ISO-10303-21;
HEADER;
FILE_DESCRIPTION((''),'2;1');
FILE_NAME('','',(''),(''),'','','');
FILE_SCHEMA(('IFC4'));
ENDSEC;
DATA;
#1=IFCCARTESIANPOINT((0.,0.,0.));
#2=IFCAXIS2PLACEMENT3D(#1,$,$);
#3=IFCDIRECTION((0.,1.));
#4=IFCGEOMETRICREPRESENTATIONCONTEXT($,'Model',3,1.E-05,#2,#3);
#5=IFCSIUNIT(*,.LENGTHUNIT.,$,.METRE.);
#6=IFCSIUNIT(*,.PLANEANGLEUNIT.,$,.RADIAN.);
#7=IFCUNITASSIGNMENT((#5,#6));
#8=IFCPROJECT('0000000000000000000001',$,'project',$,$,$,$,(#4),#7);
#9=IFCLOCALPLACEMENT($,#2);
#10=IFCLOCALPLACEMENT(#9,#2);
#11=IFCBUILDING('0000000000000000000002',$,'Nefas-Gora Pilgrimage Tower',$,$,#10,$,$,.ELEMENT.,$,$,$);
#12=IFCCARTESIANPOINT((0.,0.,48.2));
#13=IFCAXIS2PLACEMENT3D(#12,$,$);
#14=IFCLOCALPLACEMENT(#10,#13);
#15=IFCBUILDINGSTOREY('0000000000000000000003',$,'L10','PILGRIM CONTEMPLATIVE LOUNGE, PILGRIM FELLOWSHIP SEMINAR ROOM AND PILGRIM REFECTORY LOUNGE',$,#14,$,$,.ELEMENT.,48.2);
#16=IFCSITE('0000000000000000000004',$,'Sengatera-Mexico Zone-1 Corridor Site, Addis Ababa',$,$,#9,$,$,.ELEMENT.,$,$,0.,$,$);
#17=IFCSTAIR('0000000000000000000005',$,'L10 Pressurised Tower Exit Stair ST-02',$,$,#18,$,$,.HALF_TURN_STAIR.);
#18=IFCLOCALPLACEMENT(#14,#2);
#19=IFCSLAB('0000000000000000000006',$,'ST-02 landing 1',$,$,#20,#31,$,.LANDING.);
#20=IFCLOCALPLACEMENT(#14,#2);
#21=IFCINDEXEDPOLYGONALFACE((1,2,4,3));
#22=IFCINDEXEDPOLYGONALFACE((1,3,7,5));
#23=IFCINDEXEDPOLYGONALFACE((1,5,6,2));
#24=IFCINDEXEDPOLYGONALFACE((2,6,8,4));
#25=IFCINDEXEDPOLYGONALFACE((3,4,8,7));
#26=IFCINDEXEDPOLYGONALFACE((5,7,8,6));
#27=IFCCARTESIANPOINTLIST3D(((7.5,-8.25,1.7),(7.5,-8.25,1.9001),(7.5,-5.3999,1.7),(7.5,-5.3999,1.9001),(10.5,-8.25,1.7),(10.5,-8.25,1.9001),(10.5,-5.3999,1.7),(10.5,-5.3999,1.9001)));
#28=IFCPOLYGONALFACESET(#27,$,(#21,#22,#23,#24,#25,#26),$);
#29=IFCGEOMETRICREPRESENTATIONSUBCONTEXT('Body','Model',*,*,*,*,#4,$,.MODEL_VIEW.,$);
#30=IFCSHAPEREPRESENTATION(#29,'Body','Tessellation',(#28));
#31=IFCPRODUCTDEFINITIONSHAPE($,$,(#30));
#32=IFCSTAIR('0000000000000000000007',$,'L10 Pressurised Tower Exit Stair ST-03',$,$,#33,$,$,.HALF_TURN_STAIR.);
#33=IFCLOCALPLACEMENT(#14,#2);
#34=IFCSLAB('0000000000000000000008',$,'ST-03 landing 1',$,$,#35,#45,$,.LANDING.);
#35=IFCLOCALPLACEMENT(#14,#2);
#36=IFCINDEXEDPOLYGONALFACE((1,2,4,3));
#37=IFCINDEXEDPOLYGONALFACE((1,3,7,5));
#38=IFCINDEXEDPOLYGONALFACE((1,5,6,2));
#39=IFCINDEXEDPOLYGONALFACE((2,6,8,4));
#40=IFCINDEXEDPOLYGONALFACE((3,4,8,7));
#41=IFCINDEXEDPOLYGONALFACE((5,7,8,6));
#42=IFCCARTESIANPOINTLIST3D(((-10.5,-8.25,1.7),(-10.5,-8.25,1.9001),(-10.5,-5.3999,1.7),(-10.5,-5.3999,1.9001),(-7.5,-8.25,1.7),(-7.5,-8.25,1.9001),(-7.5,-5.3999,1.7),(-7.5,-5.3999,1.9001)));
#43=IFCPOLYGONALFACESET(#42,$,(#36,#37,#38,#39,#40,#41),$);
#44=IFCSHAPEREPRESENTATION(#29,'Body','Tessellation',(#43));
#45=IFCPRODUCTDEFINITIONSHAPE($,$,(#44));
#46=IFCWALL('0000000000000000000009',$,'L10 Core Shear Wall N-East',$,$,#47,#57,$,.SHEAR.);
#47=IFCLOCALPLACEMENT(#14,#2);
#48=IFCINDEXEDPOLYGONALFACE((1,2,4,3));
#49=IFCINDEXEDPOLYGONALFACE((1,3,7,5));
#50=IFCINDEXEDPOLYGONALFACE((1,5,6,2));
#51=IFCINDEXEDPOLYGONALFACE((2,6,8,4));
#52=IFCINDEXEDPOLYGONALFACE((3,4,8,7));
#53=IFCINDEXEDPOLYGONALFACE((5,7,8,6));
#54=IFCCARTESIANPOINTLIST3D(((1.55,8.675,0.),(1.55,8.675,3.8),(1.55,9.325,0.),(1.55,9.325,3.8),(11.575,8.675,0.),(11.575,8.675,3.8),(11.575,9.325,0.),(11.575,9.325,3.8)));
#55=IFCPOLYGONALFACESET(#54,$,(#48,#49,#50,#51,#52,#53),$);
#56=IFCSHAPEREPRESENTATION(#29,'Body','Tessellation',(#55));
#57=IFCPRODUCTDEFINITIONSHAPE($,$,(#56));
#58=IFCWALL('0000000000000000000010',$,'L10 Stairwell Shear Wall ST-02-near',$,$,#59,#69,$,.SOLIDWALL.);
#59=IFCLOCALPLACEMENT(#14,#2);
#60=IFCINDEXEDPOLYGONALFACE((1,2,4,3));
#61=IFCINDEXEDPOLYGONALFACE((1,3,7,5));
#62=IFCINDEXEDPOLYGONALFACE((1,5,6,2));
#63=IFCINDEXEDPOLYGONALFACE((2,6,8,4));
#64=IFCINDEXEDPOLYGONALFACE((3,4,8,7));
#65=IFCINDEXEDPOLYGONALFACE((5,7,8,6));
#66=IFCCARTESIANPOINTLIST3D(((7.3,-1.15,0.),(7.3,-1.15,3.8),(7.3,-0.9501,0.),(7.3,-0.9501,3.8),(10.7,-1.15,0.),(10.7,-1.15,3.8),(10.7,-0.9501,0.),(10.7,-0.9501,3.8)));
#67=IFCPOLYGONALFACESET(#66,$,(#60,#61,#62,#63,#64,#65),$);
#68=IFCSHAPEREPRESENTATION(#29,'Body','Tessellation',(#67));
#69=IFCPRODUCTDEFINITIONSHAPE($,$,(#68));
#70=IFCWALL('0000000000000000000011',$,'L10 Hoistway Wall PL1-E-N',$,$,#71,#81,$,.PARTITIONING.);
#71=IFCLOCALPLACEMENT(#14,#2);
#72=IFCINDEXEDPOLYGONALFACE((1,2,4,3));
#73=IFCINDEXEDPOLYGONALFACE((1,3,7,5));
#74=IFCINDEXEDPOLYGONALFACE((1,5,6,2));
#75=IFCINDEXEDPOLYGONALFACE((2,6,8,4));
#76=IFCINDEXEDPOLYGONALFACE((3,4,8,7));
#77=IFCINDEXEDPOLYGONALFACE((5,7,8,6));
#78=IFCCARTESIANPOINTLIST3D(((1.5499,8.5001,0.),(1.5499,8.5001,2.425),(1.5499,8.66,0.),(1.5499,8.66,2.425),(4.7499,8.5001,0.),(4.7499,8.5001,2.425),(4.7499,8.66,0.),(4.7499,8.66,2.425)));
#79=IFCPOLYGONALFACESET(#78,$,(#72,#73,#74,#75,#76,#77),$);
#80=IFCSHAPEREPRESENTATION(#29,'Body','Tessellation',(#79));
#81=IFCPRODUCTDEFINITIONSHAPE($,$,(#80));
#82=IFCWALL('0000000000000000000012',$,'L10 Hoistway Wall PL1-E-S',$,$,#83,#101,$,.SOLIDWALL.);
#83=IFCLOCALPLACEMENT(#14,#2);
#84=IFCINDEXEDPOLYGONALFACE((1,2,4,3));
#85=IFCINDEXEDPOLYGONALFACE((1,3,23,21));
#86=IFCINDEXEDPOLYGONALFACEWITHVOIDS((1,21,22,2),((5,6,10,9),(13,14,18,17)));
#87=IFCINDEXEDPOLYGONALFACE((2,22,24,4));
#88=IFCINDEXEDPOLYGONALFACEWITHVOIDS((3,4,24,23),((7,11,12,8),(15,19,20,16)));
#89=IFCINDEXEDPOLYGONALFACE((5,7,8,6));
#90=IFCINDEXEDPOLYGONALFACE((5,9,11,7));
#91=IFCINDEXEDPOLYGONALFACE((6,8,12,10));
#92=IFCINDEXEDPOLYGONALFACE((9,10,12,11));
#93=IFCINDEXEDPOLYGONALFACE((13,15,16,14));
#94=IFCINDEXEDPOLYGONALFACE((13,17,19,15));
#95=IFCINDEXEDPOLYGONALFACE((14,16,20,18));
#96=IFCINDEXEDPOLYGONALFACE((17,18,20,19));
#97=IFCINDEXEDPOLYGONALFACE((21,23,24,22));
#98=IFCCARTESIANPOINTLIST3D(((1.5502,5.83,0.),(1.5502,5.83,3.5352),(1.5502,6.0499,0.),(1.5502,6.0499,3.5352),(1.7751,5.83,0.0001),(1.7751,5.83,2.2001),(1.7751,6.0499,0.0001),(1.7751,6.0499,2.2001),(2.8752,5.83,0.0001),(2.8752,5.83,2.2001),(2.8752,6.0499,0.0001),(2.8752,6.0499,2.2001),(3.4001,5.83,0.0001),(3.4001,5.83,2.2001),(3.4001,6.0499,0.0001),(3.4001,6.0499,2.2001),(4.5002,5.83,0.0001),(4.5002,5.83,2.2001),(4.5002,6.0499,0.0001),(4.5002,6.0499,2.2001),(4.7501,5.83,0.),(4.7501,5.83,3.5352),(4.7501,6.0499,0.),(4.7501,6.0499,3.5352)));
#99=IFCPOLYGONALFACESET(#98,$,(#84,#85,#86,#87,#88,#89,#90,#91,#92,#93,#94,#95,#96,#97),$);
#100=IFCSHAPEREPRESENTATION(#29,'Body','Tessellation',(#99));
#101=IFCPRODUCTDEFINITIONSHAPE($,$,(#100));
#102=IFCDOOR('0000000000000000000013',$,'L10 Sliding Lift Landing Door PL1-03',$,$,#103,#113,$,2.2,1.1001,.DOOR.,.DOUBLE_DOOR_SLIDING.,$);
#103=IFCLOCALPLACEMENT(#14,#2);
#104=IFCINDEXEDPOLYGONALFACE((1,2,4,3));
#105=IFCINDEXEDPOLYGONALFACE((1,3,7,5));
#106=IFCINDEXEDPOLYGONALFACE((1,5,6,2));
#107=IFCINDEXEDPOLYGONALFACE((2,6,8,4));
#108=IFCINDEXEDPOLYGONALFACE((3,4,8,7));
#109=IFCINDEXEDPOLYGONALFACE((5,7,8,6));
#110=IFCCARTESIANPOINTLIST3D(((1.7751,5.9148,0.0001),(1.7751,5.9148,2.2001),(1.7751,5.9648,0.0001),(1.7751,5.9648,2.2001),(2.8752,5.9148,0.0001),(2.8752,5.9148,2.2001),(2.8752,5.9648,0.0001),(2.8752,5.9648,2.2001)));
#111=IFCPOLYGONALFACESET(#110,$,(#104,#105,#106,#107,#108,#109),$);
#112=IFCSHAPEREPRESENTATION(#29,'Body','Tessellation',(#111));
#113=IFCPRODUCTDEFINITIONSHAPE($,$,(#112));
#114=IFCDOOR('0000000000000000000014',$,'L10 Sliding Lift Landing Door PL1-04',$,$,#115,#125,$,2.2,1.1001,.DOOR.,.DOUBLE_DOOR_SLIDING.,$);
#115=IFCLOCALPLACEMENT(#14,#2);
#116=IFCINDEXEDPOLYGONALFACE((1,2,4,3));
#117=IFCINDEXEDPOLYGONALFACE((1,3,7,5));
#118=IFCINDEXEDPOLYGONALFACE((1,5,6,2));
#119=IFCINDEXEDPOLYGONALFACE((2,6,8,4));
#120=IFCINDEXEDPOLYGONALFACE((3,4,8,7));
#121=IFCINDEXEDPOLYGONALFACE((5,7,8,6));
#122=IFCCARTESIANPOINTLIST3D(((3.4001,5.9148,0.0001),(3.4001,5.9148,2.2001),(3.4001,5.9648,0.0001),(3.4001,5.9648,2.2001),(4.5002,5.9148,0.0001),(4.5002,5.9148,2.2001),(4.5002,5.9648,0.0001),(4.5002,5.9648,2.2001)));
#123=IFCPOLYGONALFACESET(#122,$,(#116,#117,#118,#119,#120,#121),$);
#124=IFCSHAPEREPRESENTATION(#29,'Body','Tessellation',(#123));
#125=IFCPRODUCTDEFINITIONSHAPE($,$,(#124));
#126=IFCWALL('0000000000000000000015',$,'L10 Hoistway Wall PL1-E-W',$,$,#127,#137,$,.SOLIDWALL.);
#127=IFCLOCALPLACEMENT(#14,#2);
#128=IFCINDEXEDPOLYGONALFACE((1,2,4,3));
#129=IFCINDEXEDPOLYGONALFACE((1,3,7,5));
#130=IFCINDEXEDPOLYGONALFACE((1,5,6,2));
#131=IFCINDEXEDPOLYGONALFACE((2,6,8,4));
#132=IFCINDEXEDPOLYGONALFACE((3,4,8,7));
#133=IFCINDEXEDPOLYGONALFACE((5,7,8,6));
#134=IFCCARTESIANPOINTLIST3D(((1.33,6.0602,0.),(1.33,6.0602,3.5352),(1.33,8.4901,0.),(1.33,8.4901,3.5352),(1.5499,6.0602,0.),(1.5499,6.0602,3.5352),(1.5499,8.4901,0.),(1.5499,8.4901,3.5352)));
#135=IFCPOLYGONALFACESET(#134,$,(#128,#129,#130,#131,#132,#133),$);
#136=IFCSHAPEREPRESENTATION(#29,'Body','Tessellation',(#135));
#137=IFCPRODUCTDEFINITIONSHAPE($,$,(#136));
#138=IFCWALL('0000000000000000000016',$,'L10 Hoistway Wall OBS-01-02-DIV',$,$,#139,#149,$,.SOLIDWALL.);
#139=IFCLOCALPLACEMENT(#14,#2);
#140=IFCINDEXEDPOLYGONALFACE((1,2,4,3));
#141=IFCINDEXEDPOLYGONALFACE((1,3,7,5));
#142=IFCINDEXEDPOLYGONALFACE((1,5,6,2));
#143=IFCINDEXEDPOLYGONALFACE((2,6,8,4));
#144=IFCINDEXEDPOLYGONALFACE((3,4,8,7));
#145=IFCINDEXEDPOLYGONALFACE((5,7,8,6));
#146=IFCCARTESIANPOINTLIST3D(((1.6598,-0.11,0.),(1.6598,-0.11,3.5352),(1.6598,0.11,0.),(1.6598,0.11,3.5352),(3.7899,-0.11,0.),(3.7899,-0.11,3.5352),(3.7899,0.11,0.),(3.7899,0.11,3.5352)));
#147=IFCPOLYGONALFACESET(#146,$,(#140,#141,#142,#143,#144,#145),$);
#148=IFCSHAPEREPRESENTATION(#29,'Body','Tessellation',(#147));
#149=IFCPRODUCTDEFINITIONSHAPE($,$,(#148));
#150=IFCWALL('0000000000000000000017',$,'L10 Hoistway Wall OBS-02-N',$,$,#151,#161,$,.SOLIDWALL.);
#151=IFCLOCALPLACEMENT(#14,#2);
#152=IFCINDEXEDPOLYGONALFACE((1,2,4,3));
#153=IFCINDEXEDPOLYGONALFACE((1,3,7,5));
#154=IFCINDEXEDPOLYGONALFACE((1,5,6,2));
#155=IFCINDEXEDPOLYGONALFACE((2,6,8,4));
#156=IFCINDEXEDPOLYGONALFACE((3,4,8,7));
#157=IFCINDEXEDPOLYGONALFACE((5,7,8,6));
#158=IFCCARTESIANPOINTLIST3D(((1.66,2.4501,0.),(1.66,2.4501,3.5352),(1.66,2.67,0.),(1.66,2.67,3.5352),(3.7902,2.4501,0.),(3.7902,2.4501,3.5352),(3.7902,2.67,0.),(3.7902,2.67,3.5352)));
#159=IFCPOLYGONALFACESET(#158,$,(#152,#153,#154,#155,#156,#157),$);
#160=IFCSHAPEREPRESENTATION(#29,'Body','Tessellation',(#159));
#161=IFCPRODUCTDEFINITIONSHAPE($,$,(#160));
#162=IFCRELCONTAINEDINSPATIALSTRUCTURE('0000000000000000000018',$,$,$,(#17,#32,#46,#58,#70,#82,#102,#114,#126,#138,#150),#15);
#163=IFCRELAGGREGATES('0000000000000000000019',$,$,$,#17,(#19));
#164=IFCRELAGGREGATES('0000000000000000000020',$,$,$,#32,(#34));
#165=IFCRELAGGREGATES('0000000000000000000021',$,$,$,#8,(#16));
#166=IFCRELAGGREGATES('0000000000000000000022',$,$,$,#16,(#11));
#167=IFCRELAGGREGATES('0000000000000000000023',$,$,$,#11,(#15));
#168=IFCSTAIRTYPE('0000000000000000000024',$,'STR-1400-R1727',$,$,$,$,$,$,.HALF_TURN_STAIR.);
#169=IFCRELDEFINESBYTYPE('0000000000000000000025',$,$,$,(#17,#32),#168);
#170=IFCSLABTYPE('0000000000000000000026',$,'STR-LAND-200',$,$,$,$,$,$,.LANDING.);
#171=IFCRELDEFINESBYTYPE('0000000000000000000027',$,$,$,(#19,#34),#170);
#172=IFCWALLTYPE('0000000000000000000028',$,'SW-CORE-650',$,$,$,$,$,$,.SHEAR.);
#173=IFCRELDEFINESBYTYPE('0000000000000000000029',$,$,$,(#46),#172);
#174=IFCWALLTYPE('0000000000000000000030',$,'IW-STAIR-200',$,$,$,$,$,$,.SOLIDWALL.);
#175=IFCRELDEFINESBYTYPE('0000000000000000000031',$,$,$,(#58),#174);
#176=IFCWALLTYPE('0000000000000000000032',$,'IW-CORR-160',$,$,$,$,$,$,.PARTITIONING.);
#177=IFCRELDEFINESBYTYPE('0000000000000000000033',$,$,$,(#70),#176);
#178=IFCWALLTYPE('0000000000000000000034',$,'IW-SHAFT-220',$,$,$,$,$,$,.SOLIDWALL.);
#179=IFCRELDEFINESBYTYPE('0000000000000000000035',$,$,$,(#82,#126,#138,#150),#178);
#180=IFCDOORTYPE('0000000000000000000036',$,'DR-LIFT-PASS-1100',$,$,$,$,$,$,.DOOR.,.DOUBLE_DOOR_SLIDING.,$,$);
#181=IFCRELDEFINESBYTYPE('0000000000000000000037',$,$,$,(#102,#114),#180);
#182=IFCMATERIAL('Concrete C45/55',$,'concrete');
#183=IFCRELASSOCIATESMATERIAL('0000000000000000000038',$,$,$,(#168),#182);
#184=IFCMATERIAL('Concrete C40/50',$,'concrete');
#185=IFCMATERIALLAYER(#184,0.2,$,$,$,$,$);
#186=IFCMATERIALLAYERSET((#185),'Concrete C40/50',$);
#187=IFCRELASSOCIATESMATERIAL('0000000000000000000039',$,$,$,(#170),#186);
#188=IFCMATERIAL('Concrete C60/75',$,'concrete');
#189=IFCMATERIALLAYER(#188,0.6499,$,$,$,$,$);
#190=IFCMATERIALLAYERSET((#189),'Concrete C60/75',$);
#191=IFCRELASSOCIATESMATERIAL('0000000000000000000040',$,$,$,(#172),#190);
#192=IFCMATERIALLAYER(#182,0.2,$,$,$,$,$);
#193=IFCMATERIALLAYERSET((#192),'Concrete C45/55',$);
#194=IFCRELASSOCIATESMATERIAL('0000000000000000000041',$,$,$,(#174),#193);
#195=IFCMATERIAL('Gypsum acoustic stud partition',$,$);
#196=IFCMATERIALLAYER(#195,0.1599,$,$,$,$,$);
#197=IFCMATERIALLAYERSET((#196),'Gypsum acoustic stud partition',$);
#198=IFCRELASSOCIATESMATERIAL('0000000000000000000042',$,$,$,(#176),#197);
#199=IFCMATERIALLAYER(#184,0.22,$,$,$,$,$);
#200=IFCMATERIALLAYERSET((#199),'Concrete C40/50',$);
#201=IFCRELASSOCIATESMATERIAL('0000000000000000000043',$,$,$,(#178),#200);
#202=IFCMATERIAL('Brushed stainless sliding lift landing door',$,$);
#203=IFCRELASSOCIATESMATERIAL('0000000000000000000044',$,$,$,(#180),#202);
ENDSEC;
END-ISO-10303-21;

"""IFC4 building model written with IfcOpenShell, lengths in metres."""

from ifc_helpers import new_model, si_unit, direction, frame, frame_2d, origin, place, context, subcontext, project, spatial, polyline, rectangle, outline, extrude, source, transform, mapped, material, layer, layer_set, type_object, element, fill, aggregate, save


model = new_model("IFC4")

# Units and contexts
model_context = context("Model", 3, precision=1e-05, world=origin(), true_north=direction((0.0, 1.0)))
body_context = subcontext(model_context, "Body", "Model", "MODEL_VIEW")
ifc_project = project(units=[si_unit("LENGTHUNIT", "METRE"), si_unit("PLANEANGLEUNIT", "RADIAN")], contexts=[model_context])

# Site, building, storey
site_placement = place(None, origin())
site = spatial("IfcSite", under=ifc_project, at=site_placement, Name="Sengatera-Mexico Zone-1 Corridor Site, Addis Ababa", CompositionType="ELEMENT", RefElevation=0.0)
building_placement = place(site_placement, origin())
building = spatial("IfcBuilding", under=site, at=building_placement, Name="Nefas-Gora Pilgrimage Tower", CompositionType="ELEMENT")
storey_placement = place(building_placement, frame((0.0, 0.0, 48.2)))
storey = spatial("IfcBuildingStorey", under=building, at=storey_placement, Name="L10", Description="PILGRIM CONTEMPLATIVE LOUNGE, PILGRIM FELLOWSHIP SEMINAR ROOM AND PILGRIM REFECTORY LOUNGE", CompositionType="ELEMENT", Elevation=48.2)

# Stairs, slabs
ifc_material_1 = material(Name="Concrete C45/55", Category="concrete")
stair_type = type_object("IfcStairType", Name="STR-1400-R1727", PredefinedType="HALF_TURN_STAIR", material=ifc_material_1)
stair_1_placement = place(storey_placement, origin())
stair_1 = element("IfcStair", 1, at=stair_1_placement, inside=storey, type_object=stair_type, Name="L10 Pressurised Tower Exit Stair ST-02", PredefinedType="HALF_TURN_STAIR")
ifc_material_2 = material(Name="Concrete C40/50", Category="concrete")
ifc_layer_1 = layer(ifc_material_2, 0.2)
ifc_layer_set_1 = layer_set([ifc_layer_1], Name="Concrete C40/50")
slab_type = type_object("IfcSlabType", Name="STR-LAND-200", PredefinedType="LANDING", material=ifc_layer_set_1)
slab_1_placement = place(storey_placement, frame((0.0, 0.0, 1.7)))
slab_1 = element("IfcSlab", 2, at=slab_1_placement, type_object=slab_type, Name="ST-02 landing 1", PredefinedType="LANDING", context=body_context, shape_type="SweptSolid", body=[
    extrude(outline(polyline([(7.5, -5.3999), (7.5, -8.25), (10.5, -8.25), (10.5, -5.3999), (7.5, -5.3999)])), origin(), (0.0, 0.0, 1.0), 0.2002),
])
aggregate(stair_1, [slab_1])
stair_2_placement = place(storey_placement, origin())
stair_2 = element("IfcStair", 3, at=stair_2_placement, inside=storey, type_object=stair_type, Name="L10 Pressurised Tower Exit Stair ST-03", PredefinedType="HALF_TURN_STAIR")
slab_2_placement = place(storey_placement, frame((0.0, 0.0, 1.7)))
slab_2 = element("IfcSlab", 4, at=slab_2_placement, type_object=slab_type, Name="ST-03 landing 1", PredefinedType="LANDING", context=body_context, shape_type="SweptSolid", body=[
    extrude(outline(polyline([(-10.5, -5.3999), (-10.5, -8.25), (-7.5, -8.25), (-7.5, -5.3999), (-10.5, -5.3999)])), origin(), (0.0, 0.0, 1.0), 0.2002),
])
aggregate(stair_2, [slab_2])

# Walls
ifc_material_3 = material(Name="Concrete C60/75", Category="concrete")
ifc_layer_2 = layer(ifc_material_3, 0.6499)
ifc_layer_set_2 = layer_set([ifc_layer_2], Name="Concrete C60/75")
wall_type_1 = type_object("IfcWallType", Name="SW-CORE-650", PredefinedType="SHEAR", material=ifc_layer_set_2)
shared_shape_1 = source(origin(), body_context, "Body", "SweptSolid", [
    extrude(rectangle(XDim=10.0249, YDim=0.6499, at=frame_2d((5.0125, 0.0))), origin(), (0.0, 0.0, 1.0), 3.8),
])
wall_1_placement = place(storey_placement, frame((1.55, 9.0, 0.0), z_axis=(0.0, 0.0, 1.0), x_axis=(1.0, 0.0, 0.0)))
element("IfcWall", 5, at=wall_1_placement, inside=storey, type_object=wall_type_1, Name="L10 Core Shear Wall N-East", PredefinedType="SHEAR", context=body_context, shape_type="MappedRepresentation", body=[
    mapped(shared_shape_1, transform((0.0, 0.0, 0.0), x_axis=(1.0, 0.0, 0.0), y_axis=(0.0, 1.0, 0.0), z_axis=(0.0, 0.0, 1.0), scale=1.0)),
])
ifc_layer_3 = layer(ifc_material_1, 0.2)
ifc_layer_set_3 = layer_set([ifc_layer_3], Name="Concrete C45/55")
wall_type_2 = type_object("IfcWallType", Name="IW-STAIR-200", PredefinedType="SOLIDWALL", material=ifc_layer_set_3)
shared_shape_2 = source(origin(), body_context, "Body", "SweptSolid", [
    extrude(rectangle(XDim=3.3999, YDim=0.2, at=frame_2d((1.7, 0.0))), origin(), (0.0, 0.0, 1.0), 3.8),
])
wall_2_placement = place(storey_placement, frame((7.3, -1.05, 0.0), z_axis=(0.0, 0.0, 1.0), x_axis=(1.0, 0.0, 0.0)))
element("IfcWall", 6, at=wall_2_placement, inside=storey, type_object=wall_type_2, Name="L10 Stairwell Shear Wall ST-02-near", PredefinedType="SOLIDWALL", context=body_context, shape_type="MappedRepresentation", body=[
    mapped(shared_shape_2, transform((0.0, 0.0, 0.0), x_axis=(1.0, 0.0, 0.0), y_axis=(0.0, 1.0, 0.0), z_axis=(0.0, 0.0, 1.0), scale=1.0)),
])
ifc_material_4 = material(Name="Gypsum acoustic stud partition")
ifc_layer_4 = layer(ifc_material_4, 0.1599)
ifc_layer_set_4 = layer_set([ifc_layer_4], Name="Gypsum acoustic stud partition")
wall_type_3 = type_object("IfcWallType", Name="IW-CORR-160", PredefinedType="PARTITIONING", material=ifc_layer_set_4)
shared_shape_3 = source(origin(), body_context, "Body", "SweptSolid", [
    extrude(rectangle(XDim=3.2, YDim=0.1599, at=frame_2d((1.6001, 0.0))), origin(), (0.0, 0.0, 1.0), 2.425),
])
wall_3_placement = place(storey_placement, frame((4.75, 8.5801, 0.0), z_axis=(0.0, 0.0, 1.0), x_axis=(-1.0, 0.0, 0.0)))
element("IfcWall", 7, at=wall_3_placement, inside=storey, type_object=wall_type_3, Name="L10 Hoistway Wall PL1-E-N", PredefinedType="PARTITIONING", context=body_context, shape_type="MappedRepresentation", body=[
    mapped(shared_shape_3, transform((0.0, 0.0, 0.0), x_axis=(1.0, 0.0, 0.0), y_axis=(0.0, 1.0, 0.0), z_axis=(0.0, 0.0, 1.0), scale=1.0)),
])

# Wall, openings, doors
ifc_layer_5 = layer(ifc_material_2, 0.22)
ifc_layer_set_5 = layer_set([ifc_layer_5], Name="Concrete C40/50")
wall_type_4 = type_object("IfcWallType", Name="IW-SHAFT-220", PredefinedType="SOLIDWALL", material=ifc_layer_set_5)
shared_shape_4 = source(origin(), body_context, "Body", "SweptSolid", [
    extrude(rectangle(XDim=3.2, YDim=0.22, at=frame_2d((1.6001, 0.0))), origin(), (0.0, 0.0, 1.0), 3.5352),
])
wall_4_placement = place(storey_placement, frame((1.55, 5.9399, 0.0), z_axis=(0.0, 0.0, 1.0), x_axis=(1.0, 0.0, 0.0)))
wall_4 = element("IfcWall", 8, at=wall_4_placement, inside=storey, type_object=wall_type_4, Name="L10 Hoistway Wall PL1-E-S", PredefinedType="SOLIDWALL", context=body_context, shape_type="MappedRepresentation", body=[
    mapped(shared_shape_4, transform((0.0, 0.0, 0.0), x_axis=(1.0, 0.0, 0.0), y_axis=(0.0, 1.0, 0.0), z_axis=(0.0, 0.0, 1.0), scale=1.0)),
])
opening_1_placement = place(wall_4_placement, frame((0.2251, 0.0, 0.0)))
opening_1 = element("IfcOpeningElement", 9, at=opening_1_placement, cuts=wall_4, PredefinedType="OPENING", context=body_context, shape_type="SweptSolid", body=[
    extrude(rectangle(XDim=1.1001, YDim=2.2, at=frame_2d((0.55, 1.1001))), frame((0.0, 0.1199, 0.0), z_axis=(0.0, -1.0, 0.0), x_axis=(1.0, 0.0, 0.0)), (0.0, 0.0, 1.0), 0.24),
])
opening_2_placement = place(wall_4_placement, frame((1.8501, 0.0, 0.0)))
opening_2 = element("IfcOpeningElement", 10, at=opening_2_placement, cuts=wall_4, PredefinedType="OPENING", context=body_context, shape_type="SweptSolid", body=[
    extrude(rectangle(XDim=1.1001, YDim=2.2, at=frame_2d((0.55, 1.1001))), frame((0.0, 0.1199, 0.0), z_axis=(0.0, -1.0, 0.0), x_axis=(1.0, 0.0, 0.0)), (0.0, 0.0, 1.0), 0.24),
])
ifc_material_5 = material(Name="Brushed stainless sliding lift landing door")
door_type_1 = type_object("IfcDoorType", Name="DR-LIFT-PASS-1100", OperationType="DOUBLE_DOOR_SLIDING", PredefinedType="DOOR", material=ifc_material_5)
shared_shape_5 = source(origin(), body_context, "Body", "SweptSolid", [
    extrude(rectangle(XDim=1.1001, YDim=2.2, at=frame_2d((0.55, 1.1001))), frame((0.0, 0.0249, 0.0), z_axis=(0.0, -1.0, 0.0), x_axis=(1.0, 0.0, 0.0)), (0.0, 0.0, 1.0), 0.05),
])
door_1_placement = place(opening_1_placement, origin())
door_1 = element("IfcDoor", 11, at=door_1_placement, inside=storey, type_object=door_type_1, Name="L10 Sliding Lift Landing Door PL1-03", OperationType="DOUBLE_DOOR_SLIDING", OverallHeight=2.2, OverallWidth=1.1001, PredefinedType="DOOR", context=body_context, shape_type="MappedRepresentation", body=[
    mapped(shared_shape_5, transform((0.0, 0.0, 0.0), x_axis=(1.0, 0.0, 0.0), y_axis=(0.0, 1.0, 0.0), z_axis=(0.0, 0.0, 1.0), scale=1.0)),
])
fill(opening_1, door_1)
door_2_placement = place(opening_2_placement, origin())
door_2 = element("IfcDoor", 12, at=door_2_placement, inside=storey, type_object=door_type_1, Name="L10 Sliding Lift Landing Door PL1-04", OperationType="DOUBLE_DOOR_SLIDING", OverallHeight=2.2, OverallWidth=1.1001, PredefinedType="DOOR", context=body_context, shape_type="MappedRepresentation", body=[
    mapped(shared_shape_5, transform((0.0, 0.0, 0.0), x_axis=(1.0, 0.0, 0.0), y_axis=(0.0, 1.0, 0.0), z_axis=(0.0, 0.0, 1.0), scale=1.0)),
])
fill(opening_2, door_2)

# Walls
shared_shape_6 = source(origin(), body_context, "Body", "SweptSolid", [
    extrude(rectangle(XDim=2.4299, YDim=0.22, at=frame_2d((1.2148, 0.0))), origin(), (0.0, 0.0, 1.0), 3.5352),
])
for number, where, z_axis, x_axis, name in (
    (13, (1.4399, 8.49, 0.0), (0.0, 0.0, 1.0), (0.0, -1.0, 0.0), "L10 Hoistway Wall PL1-E-W"),
):
    element("IfcWall", number, at=place(storey_placement, frame(where, z_axis=z_axis, x_axis=x_axis)), inside=storey, type_object=wall_type_4, Name=name, PredefinedType="SOLIDWALL", context=body_context, shape_type="MappedRepresentation", body=[
        mapped(shared_shape_6, transform((0.0, 0.0, 0.0), x_axis=(1.0, 0.0, 0.0), y_axis=(0.0, 1.0, 0.0), z_axis=(0.0, 0.0, 1.0), scale=1.0)),
    ])
shared_shape_7 = source(origin(), body_context, "Body", "SweptSolid", [
    extrude(rectangle(XDim=2.1301, YDim=0.22, at=frame_2d((1.0649, 0.0))), origin(), (0.0, 0.0, 1.0), 3.5352),
])
for number, where, z_axis, x_axis, name in (
    (14, (1.6599, 0.0, 0.0), (0.0, 0.0, 1.0), (1.0, 0.0, 0.0), "L10 Hoistway Wall OBS-01-02-DIV"),
    (15, (3.79, 2.5601, 0.0), (0.0, 0.0, 1.0), (-1.0, 0.0, 0.0), "L10 Hoistway Wall OBS-02-N"),
):
    element("IfcWall", number, at=place(storey_placement, frame(where, z_axis=z_axis, x_axis=x_axis)), inside=storey, type_object=wall_type_4, Name=name, PredefinedType="SOLIDWALL", context=body_context, shape_type="MappedRepresentation", body=[
        mapped(shared_shape_7, transform((0.0, 0.0, 0.0), x_axis=(1.0, 0.0, 0.0), y_axis=(0.0, 1.0, 0.0), z_axis=(0.0, 0.0, 1.0), scale=1.0)),
    ])

save(model, "model.ifc")
